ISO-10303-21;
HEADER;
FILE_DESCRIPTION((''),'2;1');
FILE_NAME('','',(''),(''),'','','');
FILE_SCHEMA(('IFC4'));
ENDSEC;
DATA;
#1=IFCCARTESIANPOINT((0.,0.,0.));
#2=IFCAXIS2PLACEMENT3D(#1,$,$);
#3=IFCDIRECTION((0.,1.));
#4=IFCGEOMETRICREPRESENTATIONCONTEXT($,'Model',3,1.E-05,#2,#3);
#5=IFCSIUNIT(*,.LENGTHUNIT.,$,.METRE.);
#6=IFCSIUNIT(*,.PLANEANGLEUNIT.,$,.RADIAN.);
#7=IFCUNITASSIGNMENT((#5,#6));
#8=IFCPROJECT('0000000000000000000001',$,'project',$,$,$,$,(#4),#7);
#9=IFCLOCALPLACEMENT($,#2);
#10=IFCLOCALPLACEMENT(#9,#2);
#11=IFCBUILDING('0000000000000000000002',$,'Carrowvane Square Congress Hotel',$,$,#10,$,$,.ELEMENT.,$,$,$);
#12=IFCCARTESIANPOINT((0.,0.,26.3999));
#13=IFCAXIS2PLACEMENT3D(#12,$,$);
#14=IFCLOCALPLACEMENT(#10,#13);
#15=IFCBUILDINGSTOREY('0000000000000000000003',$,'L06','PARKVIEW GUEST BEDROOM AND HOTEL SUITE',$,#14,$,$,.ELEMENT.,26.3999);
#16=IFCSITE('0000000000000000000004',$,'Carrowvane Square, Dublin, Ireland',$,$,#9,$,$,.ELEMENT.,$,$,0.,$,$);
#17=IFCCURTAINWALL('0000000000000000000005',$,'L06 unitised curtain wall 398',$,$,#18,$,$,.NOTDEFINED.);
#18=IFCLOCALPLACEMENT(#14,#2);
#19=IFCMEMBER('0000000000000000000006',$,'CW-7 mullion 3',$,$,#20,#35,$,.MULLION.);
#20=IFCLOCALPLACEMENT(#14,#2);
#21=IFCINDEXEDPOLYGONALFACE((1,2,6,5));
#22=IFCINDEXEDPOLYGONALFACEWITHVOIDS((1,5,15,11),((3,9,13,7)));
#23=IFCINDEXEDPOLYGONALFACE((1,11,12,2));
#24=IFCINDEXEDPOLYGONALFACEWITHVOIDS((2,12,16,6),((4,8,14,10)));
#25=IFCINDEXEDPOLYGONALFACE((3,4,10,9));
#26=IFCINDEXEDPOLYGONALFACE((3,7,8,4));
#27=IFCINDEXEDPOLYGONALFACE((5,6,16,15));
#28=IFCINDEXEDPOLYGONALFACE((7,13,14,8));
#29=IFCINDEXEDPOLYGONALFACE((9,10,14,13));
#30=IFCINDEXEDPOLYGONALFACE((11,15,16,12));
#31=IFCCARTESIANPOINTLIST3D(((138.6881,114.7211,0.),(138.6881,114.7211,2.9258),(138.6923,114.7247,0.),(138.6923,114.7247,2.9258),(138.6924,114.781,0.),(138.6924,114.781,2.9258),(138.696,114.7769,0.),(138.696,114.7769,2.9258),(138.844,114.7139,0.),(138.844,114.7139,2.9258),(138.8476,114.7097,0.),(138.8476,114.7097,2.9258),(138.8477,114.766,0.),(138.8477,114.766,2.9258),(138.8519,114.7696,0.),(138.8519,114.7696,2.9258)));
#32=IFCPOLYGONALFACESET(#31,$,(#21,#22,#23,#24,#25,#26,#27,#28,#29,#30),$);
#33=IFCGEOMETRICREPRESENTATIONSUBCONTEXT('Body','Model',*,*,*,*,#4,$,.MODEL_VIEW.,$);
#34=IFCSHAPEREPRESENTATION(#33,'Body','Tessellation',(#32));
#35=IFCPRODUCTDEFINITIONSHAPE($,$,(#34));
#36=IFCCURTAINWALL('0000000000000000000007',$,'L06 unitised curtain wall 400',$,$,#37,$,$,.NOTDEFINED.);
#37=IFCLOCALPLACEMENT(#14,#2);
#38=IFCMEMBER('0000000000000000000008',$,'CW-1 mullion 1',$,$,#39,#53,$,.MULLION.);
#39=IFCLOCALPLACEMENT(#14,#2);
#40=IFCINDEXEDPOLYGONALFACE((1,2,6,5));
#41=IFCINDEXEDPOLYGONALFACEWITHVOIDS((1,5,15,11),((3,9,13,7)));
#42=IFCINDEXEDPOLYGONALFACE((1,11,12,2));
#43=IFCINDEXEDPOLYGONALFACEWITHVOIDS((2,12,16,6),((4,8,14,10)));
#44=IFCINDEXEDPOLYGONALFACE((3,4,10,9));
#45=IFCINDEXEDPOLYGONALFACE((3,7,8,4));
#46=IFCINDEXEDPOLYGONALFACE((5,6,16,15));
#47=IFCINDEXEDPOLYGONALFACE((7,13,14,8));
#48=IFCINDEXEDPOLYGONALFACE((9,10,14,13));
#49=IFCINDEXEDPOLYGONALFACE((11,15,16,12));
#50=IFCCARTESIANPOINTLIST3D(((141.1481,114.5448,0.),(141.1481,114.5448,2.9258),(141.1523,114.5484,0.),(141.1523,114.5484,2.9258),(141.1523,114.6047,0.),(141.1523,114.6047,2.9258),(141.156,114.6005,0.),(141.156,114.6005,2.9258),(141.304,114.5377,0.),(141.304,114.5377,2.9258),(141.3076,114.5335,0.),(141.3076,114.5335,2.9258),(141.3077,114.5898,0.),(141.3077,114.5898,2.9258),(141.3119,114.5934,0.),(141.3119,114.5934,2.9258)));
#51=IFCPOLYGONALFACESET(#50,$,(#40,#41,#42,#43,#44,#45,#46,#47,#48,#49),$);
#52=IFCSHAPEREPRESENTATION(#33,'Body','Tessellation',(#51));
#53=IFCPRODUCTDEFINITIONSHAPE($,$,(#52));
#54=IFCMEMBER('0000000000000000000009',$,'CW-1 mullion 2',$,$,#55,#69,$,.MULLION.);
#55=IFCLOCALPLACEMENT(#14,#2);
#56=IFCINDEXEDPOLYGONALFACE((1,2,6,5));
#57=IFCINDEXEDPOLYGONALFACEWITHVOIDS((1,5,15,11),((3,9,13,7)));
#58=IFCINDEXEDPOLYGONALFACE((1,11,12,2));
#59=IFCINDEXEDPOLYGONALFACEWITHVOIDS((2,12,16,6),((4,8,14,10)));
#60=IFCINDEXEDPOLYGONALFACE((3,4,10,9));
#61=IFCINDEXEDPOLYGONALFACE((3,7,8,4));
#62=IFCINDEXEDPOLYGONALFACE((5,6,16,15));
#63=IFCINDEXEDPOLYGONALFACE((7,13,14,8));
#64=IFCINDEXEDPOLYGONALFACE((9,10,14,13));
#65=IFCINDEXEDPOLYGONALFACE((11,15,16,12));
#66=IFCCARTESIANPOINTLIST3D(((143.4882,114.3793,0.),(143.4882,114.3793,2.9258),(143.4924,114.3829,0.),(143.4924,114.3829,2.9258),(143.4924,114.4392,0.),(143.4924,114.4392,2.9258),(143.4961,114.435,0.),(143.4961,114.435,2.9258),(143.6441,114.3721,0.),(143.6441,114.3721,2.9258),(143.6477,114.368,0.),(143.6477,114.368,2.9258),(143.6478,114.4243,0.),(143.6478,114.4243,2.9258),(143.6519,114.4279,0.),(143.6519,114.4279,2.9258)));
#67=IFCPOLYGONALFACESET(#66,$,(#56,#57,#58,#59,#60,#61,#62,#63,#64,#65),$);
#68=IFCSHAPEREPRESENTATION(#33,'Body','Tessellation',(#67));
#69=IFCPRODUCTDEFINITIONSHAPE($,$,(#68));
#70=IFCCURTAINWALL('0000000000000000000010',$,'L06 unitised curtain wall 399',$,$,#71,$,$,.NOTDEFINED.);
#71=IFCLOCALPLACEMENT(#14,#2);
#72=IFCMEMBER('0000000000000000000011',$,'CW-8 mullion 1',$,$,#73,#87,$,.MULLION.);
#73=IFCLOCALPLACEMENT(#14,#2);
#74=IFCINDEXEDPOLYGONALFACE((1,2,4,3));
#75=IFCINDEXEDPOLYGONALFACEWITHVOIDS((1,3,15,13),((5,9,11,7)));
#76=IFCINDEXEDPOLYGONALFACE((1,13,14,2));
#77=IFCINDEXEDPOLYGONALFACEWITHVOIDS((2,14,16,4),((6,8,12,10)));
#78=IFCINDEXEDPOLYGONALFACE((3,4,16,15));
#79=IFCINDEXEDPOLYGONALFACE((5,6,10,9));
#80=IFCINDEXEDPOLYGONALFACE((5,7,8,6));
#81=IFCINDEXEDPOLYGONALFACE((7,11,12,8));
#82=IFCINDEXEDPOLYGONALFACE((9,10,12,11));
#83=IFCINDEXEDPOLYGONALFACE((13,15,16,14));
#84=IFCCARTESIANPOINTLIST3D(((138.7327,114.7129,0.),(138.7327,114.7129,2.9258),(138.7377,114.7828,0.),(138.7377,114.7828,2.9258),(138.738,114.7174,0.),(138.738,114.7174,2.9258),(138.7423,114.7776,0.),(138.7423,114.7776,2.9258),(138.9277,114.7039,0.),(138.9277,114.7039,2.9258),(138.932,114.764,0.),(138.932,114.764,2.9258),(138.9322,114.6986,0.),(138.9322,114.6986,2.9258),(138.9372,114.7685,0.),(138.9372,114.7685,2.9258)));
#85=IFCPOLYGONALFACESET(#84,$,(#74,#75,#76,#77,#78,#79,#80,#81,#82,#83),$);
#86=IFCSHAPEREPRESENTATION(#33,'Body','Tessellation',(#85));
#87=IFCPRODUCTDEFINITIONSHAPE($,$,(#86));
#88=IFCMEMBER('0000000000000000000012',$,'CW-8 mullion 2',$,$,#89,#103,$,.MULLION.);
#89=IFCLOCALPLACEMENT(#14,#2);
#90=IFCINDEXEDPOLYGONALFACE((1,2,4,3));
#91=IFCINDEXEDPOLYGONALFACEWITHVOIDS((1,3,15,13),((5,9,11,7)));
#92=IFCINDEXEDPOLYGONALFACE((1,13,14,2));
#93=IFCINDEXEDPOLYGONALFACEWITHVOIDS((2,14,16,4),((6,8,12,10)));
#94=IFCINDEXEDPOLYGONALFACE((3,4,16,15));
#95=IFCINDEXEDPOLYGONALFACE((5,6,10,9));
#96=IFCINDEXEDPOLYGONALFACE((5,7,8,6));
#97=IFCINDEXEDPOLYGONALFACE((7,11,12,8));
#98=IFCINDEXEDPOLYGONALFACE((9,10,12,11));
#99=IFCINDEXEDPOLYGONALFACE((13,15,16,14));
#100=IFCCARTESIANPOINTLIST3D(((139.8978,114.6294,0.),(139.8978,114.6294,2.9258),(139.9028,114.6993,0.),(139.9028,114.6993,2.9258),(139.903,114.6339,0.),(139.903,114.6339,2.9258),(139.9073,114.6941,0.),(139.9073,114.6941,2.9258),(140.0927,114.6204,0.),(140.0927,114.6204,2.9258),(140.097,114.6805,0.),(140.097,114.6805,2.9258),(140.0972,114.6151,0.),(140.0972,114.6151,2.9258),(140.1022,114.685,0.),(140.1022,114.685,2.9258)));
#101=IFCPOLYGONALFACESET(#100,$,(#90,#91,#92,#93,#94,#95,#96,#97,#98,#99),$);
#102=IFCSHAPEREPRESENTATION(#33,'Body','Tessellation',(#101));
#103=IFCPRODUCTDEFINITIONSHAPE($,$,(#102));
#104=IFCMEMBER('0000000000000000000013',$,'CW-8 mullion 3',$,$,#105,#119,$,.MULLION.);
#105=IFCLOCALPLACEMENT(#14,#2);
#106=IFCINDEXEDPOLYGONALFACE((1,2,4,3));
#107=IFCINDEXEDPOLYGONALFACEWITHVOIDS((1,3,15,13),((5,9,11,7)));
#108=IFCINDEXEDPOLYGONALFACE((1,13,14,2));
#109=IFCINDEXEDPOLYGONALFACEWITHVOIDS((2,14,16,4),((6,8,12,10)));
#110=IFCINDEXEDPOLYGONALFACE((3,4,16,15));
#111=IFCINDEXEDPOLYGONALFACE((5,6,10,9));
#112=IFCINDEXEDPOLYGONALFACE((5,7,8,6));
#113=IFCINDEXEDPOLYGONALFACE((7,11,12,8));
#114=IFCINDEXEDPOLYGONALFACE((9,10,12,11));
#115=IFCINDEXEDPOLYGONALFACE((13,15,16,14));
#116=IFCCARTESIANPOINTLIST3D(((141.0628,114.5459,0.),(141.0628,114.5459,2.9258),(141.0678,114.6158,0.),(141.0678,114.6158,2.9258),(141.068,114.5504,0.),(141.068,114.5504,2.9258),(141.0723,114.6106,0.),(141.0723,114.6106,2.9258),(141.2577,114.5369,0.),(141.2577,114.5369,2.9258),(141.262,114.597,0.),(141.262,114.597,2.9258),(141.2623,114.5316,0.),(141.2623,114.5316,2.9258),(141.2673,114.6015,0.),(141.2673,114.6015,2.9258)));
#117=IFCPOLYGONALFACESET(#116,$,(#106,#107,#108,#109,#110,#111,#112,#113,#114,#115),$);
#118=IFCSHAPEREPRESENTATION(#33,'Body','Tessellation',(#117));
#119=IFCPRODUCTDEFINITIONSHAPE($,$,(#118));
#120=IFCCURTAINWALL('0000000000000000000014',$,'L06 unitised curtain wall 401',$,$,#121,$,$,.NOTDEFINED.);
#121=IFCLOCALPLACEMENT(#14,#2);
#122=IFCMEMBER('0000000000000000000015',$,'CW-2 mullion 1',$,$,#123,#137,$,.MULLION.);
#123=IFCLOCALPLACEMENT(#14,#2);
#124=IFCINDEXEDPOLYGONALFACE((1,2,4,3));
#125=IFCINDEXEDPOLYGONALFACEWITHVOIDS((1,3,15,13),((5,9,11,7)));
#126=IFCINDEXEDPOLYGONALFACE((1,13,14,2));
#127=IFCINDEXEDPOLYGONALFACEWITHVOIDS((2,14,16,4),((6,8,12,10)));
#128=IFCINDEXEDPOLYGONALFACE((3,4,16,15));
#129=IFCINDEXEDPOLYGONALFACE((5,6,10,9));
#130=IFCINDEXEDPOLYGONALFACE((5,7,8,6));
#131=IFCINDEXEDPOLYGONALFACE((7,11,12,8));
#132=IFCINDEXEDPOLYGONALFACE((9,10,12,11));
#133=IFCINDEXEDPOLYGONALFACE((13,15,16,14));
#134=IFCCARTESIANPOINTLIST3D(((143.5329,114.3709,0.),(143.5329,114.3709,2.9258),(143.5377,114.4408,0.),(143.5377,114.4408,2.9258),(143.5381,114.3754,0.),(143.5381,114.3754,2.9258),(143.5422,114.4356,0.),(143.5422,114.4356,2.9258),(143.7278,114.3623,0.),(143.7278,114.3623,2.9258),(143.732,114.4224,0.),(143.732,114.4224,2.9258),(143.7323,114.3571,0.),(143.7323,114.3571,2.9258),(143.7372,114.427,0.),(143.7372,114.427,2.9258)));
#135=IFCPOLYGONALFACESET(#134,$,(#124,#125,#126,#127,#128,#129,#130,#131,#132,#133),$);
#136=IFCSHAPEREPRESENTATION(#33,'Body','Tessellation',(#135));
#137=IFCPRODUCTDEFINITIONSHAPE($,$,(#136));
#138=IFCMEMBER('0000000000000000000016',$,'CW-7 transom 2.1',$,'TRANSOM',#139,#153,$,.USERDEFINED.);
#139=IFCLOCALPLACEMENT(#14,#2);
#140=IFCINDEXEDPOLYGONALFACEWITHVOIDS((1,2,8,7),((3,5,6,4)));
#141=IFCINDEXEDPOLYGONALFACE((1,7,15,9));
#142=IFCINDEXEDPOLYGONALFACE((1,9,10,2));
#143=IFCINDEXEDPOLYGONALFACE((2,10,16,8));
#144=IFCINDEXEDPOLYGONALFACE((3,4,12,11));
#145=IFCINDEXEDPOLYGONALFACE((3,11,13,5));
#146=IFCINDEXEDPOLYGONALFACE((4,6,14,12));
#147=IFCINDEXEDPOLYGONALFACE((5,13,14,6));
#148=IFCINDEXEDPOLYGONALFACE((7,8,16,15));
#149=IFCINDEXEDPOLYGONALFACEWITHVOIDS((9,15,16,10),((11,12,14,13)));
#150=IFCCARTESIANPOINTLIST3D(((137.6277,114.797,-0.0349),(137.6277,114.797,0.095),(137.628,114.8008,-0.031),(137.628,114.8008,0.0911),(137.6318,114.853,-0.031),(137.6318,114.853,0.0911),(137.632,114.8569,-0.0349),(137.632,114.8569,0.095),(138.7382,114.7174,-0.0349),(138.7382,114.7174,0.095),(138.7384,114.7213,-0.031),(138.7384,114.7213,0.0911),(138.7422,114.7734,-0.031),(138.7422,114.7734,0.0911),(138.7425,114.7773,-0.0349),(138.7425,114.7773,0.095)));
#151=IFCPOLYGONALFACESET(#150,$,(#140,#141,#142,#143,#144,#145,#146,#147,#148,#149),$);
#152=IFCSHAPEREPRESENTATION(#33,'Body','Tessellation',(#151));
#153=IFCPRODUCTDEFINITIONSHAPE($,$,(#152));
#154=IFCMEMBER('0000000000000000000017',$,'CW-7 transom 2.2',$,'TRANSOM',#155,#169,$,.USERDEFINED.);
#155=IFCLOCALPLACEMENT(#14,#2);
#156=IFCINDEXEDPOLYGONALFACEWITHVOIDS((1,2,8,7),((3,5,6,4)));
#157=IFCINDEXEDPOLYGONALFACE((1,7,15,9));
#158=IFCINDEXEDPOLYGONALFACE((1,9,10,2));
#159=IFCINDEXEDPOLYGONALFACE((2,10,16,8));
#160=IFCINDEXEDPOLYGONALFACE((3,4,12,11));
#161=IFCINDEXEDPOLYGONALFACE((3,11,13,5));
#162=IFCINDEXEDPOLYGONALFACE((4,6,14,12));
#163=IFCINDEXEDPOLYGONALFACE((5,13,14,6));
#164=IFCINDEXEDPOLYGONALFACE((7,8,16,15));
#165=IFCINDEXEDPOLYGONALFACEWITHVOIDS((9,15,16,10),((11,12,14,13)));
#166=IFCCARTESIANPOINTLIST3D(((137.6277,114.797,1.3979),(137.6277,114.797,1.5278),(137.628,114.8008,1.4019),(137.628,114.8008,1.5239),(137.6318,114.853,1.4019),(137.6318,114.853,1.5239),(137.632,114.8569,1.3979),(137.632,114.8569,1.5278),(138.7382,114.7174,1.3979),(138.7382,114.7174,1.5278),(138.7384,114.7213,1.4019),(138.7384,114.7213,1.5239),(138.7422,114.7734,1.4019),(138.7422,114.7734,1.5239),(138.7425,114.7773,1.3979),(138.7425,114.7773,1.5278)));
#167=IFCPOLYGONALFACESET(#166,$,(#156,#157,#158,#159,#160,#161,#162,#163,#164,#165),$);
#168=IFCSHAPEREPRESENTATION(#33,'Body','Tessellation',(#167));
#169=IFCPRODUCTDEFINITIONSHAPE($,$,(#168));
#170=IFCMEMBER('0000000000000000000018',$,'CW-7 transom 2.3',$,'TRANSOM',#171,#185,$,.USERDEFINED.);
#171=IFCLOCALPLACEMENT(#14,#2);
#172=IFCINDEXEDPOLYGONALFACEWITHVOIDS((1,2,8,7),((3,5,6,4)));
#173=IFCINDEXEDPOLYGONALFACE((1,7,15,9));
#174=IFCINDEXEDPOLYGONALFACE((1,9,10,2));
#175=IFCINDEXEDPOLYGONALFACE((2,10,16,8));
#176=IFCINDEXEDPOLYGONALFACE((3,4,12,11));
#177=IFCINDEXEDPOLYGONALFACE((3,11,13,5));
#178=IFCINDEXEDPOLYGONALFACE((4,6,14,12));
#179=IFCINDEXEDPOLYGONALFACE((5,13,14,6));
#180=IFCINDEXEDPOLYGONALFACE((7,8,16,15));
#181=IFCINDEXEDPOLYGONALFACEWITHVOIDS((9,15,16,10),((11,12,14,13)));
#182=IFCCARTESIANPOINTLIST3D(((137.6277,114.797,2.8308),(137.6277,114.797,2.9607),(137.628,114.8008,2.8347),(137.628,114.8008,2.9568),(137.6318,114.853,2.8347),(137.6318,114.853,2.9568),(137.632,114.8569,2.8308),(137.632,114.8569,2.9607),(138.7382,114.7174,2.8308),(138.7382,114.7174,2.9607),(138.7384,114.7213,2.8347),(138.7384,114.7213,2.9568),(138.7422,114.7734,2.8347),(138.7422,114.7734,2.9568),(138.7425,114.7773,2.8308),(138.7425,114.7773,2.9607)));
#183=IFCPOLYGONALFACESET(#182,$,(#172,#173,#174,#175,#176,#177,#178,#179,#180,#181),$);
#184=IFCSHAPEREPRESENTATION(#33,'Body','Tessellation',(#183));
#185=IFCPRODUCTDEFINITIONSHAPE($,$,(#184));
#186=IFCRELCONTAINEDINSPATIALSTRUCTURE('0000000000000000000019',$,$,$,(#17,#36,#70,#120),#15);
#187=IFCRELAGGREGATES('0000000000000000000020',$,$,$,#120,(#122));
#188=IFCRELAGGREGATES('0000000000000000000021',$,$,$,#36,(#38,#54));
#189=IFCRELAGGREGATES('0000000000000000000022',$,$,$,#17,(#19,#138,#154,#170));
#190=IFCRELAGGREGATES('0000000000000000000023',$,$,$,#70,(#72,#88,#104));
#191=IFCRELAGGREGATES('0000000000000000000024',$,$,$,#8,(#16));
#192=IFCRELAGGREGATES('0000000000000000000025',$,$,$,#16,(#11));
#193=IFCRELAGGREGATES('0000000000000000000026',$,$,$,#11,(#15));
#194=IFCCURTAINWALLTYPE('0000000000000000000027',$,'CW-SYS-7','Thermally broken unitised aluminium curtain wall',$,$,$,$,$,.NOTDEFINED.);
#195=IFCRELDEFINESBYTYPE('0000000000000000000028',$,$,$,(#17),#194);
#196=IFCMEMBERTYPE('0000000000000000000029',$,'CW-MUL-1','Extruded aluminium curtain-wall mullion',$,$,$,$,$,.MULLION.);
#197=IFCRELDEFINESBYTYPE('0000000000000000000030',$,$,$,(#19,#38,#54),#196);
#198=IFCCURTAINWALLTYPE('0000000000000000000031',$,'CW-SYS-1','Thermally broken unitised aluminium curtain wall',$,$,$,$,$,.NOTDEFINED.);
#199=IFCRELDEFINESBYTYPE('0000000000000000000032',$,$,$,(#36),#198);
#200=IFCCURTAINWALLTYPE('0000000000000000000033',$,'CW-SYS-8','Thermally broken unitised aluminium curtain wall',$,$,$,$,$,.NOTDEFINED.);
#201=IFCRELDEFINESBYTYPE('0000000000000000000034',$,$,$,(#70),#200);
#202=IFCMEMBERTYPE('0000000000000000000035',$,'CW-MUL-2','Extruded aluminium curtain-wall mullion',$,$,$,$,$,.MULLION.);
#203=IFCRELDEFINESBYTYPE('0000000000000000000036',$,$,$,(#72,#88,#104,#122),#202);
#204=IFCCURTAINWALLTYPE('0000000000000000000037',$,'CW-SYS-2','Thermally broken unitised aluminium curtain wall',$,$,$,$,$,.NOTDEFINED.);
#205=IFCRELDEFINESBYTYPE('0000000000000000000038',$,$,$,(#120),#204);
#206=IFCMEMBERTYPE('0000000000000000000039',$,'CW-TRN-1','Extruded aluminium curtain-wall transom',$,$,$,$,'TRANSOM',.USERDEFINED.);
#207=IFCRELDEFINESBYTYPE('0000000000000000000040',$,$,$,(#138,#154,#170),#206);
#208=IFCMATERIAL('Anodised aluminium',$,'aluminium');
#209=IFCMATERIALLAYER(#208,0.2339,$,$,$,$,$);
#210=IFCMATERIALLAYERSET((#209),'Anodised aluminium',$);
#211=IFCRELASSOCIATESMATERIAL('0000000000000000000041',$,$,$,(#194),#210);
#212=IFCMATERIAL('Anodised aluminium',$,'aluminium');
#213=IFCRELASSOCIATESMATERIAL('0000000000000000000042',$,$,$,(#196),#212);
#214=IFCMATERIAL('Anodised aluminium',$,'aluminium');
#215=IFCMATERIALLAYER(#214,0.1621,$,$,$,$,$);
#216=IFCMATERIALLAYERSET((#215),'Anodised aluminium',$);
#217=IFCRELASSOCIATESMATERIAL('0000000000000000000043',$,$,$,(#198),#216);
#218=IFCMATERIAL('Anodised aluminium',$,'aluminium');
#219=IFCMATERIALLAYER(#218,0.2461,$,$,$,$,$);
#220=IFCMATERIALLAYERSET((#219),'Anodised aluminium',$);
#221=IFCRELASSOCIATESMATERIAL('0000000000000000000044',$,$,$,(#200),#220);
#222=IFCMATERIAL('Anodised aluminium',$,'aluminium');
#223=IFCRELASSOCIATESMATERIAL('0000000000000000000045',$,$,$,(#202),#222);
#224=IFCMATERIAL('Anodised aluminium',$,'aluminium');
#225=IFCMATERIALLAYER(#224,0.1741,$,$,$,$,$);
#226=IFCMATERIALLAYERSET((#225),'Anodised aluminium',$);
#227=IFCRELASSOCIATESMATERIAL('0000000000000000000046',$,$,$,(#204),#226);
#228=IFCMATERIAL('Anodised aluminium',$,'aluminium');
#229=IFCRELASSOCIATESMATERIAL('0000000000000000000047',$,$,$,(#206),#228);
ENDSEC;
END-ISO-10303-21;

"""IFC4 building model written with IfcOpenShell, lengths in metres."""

from ifc_helpers import new_model, si_unit, direction, frame, origin, origin_2d, place, context, subcontext, project, spatial, hollow_rectangle, extrude, material, layer, layer_set, material_profile, profile_set, type_object, element, aggregate, save


model = new_model("IFC4")

# Units and contexts
model_context = context("Model", 3, precision=1e-05, world=origin(), true_north=direction((0.0, 1.0)))
body_context = subcontext(model_context, "Body", "Model", "MODEL_VIEW")
ifc_project = project(units=[si_unit("LENGTHUNIT", "METRE"), si_unit("PLANEANGLEUNIT", "RADIAN")], contexts=[model_context])

# Site, building, storey
site_placement = place(None, origin())
site = spatial("IfcSite", under=ifc_project, at=site_placement, Name="Carrowvane Square, Dublin, Ireland", CompositionType="ELEMENT", RefElevation=0.0)
building_placement = place(site_placement, origin())
building = spatial("IfcBuilding", under=site, at=building_placement, Name="Carrowvane Square Congress Hotel", CompositionType="ELEMENT")
storey_placement = place(building_placement, frame((0.0, 0.0, 26.3999)))
storey = spatial("IfcBuildingStorey", under=building, at=storey_placement, Name="L06", Description="PARKVIEW GUEST BEDROOM AND HOTEL SUITE", CompositionType="ELEMENT", Elevation=26.3999)

# Curtain wall, member
ifc_material_1 = material(Name="Anodised aluminium", Category="aluminium")
ifc_layer_1 = layer(ifc_material_1, 0.2339)
ifc_layer_set_1 = layer_set([ifc_layer_1], Name="Anodised aluminium")
curtain_wall_type_1 = type_object("IfcCurtainWallType", Name="CW-SYS-7", Description="Thermally broken unitised aluminium curtain wall", PredefinedType="NOTDEFINED", material=ifc_layer_set_1)
curtain_wall_1_placement = place(storey_placement, origin())
curtain_wall_1 = element("IfcCurtainWall", 1, at=curtain_wall_1_placement, inside=storey, type_object=curtain_wall_type_1, Name="L06 unitised curtain wall 398", PredefinedType="NOTDEFINED")
ifc_material_2 = material(Name="Anodised aluminium", Category="aluminium")
ifc_material_profile_1 = material_profile(ifc_material_2, hollow_rectangle(XDim=0.0601, YDim=0.1599, WallThickness=0.0039, at=origin_2d()), Name="CW-ML 60x160x4")
ifc_profile_set_1 = profile_set([ifc_material_profile_1], Name="Anodised aluminium")
member_type_1 = type_object("IfcMemberType", Name="CW-MUL-1", Description="Extruded aluminium curtain-wall mullion", PredefinedType="MULLION", material=ifc_profile_set_1)
member_1_placement = place(storey_placement, frame((138.77, 114.7454, 0.0), z_axis=(0.0, 0.0, 1.0), x_axis=(0.071532, 0.997438, 0.0)))
member_1 = element("IfcMember", 2, at=member_1_placement, type_object=member_type_1, Name="CW-7 mullion 3", PredefinedType="MULLION", context=body_context, shape_type="SweptSolid", body=[
    extrude(hollow_rectangle(XDim=0.0601, YDim=0.1599, WallThickness=0.0039, at=origin_2d()), origin(), (0.0, 0.0, 1.0), 2.9258),
])

# Curtain walls, members
ifc_material_3 = material(Name="Anodised aluminium", Category="aluminium")
ifc_layer_2 = layer(ifc_material_3, 0.1621)
ifc_layer_set_2 = layer_set([ifc_layer_2], Name="Anodised aluminium")
curtain_wall_type_2 = type_object("IfcCurtainWallType", Name="CW-SYS-1", Description="Thermally broken unitised aluminium curtain wall", PredefinedType="NOTDEFINED", material=ifc_layer_set_2)
curtain_wall_2_placement = place(storey_placement, origin())
curtain_wall_2 = element("IfcCurtainWall", 3, at=curtain_wall_2_placement, inside=storey, type_object=curtain_wall_type_2, Name="L06 unitised curtain wall 400", PredefinedType="NOTDEFINED")
member_2_placement = place(storey_placement, frame((141.23, 114.5691, 0.0), z_axis=(0.0, 0.0, 1.0), x_axis=(0.070586, 0.997506, 0.0)))
member_2 = element("IfcMember", 4, at=member_2_placement, type_object=member_type_1, Name="CW-1 mullion 1", PredefinedType="MULLION", context=body_context, shape_type="SweptSolid", body=[
    extrude(hollow_rectangle(XDim=0.0601, YDim=0.1599, WallThickness=0.0039, at=origin_2d()), origin(), (0.0, 0.0, 1.0), 2.9258),
])
member_3_placement = place(storey_placement, frame((143.5701, 114.4036, 0.0), z_axis=(0.0, 0.0, 1.0), x_axis=(0.070586, 0.997506, 0.0)))
member_3 = element("IfcMember", 5, at=member_3_placement, type_object=member_type_1, Name="CW-1 mullion 2", PredefinedType="MULLION", context=body_context, shape_type="SweptSolid", body=[
    extrude(hollow_rectangle(XDim=0.0601, YDim=0.1599, WallThickness=0.0039, at=origin_2d()), origin(), (0.0, 0.0, 1.0), 2.9258),
])
ifc_material_4 = material(Name="Anodised aluminium", Category="aluminium")
ifc_layer_3 = layer(ifc_material_4, 0.2461)
ifc_layer_set_3 = layer_set([ifc_layer_3], Name="Anodised aluminium")
curtain_wall_type_3 = type_object("IfcCurtainWallType", Name="CW-SYS-8", Description="Thermally broken unitised aluminium curtain wall", PredefinedType="NOTDEFINED", material=ifc_layer_set_3)
curtain_wall_3_placement = place(storey_placement, origin())
curtain_wall_3 = element("IfcCurtainWall", 6, at=curtain_wall_3_placement, inside=storey, type_object=curtain_wall_type_3, Name="L06 unitised curtain wall 399", PredefinedType="NOTDEFINED")
ifc_material_5 = material(Name="Anodised aluminium", Category="aluminium")
ifc_material_profile_2 = material_profile(ifc_material_5, hollow_rectangle(XDim=0.0701, YDim=0.2, WallThickness=0.0049, at=origin_2d()), Name="CW-ML 70x200x5")
ifc_profile_set_2 = profile_set([ifc_material_profile_2], Name="Anodised aluminium")
member_type_2 = type_object("IfcMemberType", Name="CW-MUL-2", Description="Extruded aluminium curtain-wall mullion", PredefinedType="MULLION", material=ifc_profile_set_2)
member_4_placement = place(storey_placement, frame((138.835, 114.7407, 0.0), z_axis=(0.0, 0.0, 1.0), x_axis=(0.071422, 0.997446, 0.0)))
member_4 = element("IfcMember", 7, at=member_4_placement, type_object=member_type_2, Name="CW-8 mullion 1", PredefinedType="MULLION", context=body_context, shape_type="SweptSolid", body=[
    extrude(hollow_rectangle(XDim=0.0701, YDim=0.2, WallThickness=0.0049, at=origin_2d()), origin(), (0.0, 0.0, 1.0), 2.9258),
])
member_5_placement = place(storey_placement, frame((140.0, 114.6572, 0.0), z_axis=(0.0, 0.0, 1.0), x_axis=(0.071422, 0.997446, 0.0)))
member_5 = element("IfcMember", 8, at=member_5_placement, type_object=member_type_2, Name="CW-8 mullion 2", PredefinedType="MULLION", context=body_context, shape_type="SweptSolid", body=[
    extrude(hollow_rectangle(XDim=0.0701, YDim=0.2, WallThickness=0.0049, at=origin_2d()), origin(), (0.0, 0.0, 1.0), 2.9258),
])
member_6_placement = place(storey_placement, frame((141.165, 114.5737, 0.0), z_axis=(0.0, 0.0, 1.0), x_axis=(0.071422, 0.997446, 0.0)))
member_6 = element("IfcMember", 9, at=member_6_placement, type_object=member_type_2, Name="CW-8 mullion 3", PredefinedType="MULLION", context=body_context, shape_type="SweptSolid", body=[
    extrude(hollow_rectangle(XDim=0.0701, YDim=0.2, WallThickness=0.0049, at=origin_2d()), origin(), (0.0, 0.0, 1.0), 2.9258),
])

# Curtain wall, member
ifc_material_6 = material(Name="Anodised aluminium", Category="aluminium")
ifc_layer_4 = layer(ifc_material_6, 0.1741)
ifc_layer_set_4 = layer_set([ifc_layer_4], Name="Anodised aluminium")
curtain_wall_type_4 = type_object("IfcCurtainWallType", Name="CW-SYS-2", Description="Thermally broken unitised aluminium curtain wall", PredefinedType="NOTDEFINED", material=ifc_layer_set_4)
curtain_wall_4_placement = place(storey_placement, origin())
curtain_wall_4 = element("IfcCurtainWall", 10, at=curtain_wall_4_placement, inside=storey, type_object=curtain_wall_type_4, Name="L06 unitised curtain wall 401", PredefinedType="NOTDEFINED")
member_7_placement = place(storey_placement, frame((143.635, 114.3989, 0.0), z_axis=(0.0, 0.0, 1.0), x_axis=(0.068986, 0.997618, 0.0)))
member_7 = element("IfcMember", 11, at=member_7_placement, type_object=member_type_2, Name="CW-2 mullion 1", PredefinedType="MULLION", context=body_context, shape_type="SweptSolid", body=[
    extrude(hollow_rectangle(XDim=0.0701, YDim=0.2, WallThickness=0.0049, at=origin_2d()), origin(), (0.0, 0.0, 1.0), 2.9258),
])

# Members
ifc_material_7 = material(Name="Anodised aluminium", Category="aluminium")
ifc_material_profile_3 = material_profile(ifc_material_7, hollow_rectangle(XDim=0.0601, YDim=0.1299, WallThickness=0.0039, at=origin_2d()), Name="CW-TR 60x130x4")
ifc_profile_set_3 = profile_set([ifc_material_profile_3], Name="Anodised aluminium")
member_type_3 = type_object("IfcMemberType", Name="CW-TRN-1", Description="Extruded aluminium curtain-wall transom", ElementType="TRANSOM", PredefinedType="USERDEFINED", material=ifc_profile_set_3)
member_8_placement = place(storey_placement, frame((137.6299, 114.8269, 0.03), z_axis=(0.997441, -0.071496, 0.0), x_axis=(0.071496, 0.997441, 0.0)))
member_8 = element("IfcMember", 12, at=member_8_placement, type_object=member_type_3, Name="CW-7 transom 2.1", ObjectType="TRANSOM", PredefinedType="USERDEFINED", context=body_context, shape_type="SweptSolid", body=[
    extrude(hollow_rectangle(XDim=0.0601, YDim=0.1299, WallThickness=0.0039, at=origin_2d()), origin(), (0.0, 0.0, 1.0), 1.1133),
])
member_9_placement = place(storey_placement, frame((137.6299, 114.8269, 1.4629), z_axis=(0.997441, -0.071496, 0.0), x_axis=(0.071496, 0.997441, 0.0)))
member_9 = element("IfcMember", 13, at=member_9_placement, type_object=member_type_3, Name="CW-7 transom 2.2", ObjectType="TRANSOM", PredefinedType="USERDEFINED", context=body_context, shape_type="SweptSolid", body=[
    extrude(hollow_rectangle(XDim=0.0601, YDim=0.1299, WallThickness=0.0039, at=origin_2d()), origin(), (0.0, 0.0, 1.0), 1.1133),
])
member_10_placement = place(storey_placement, frame((137.6299, 114.8269, 2.8958), z_axis=(0.997441, -0.071496, 0.0), x_axis=(0.071496, 0.997441, 0.0)))
member_10 = element("IfcMember", 14, at=member_10_placement, type_object=member_type_3, Name="CW-7 transom 2.3", ObjectType="TRANSOM", PredefinedType="USERDEFINED", context=body_context, shape_type="SweptSolid", body=[
    extrude(hollow_rectangle(XDim=0.0601, YDim=0.1299, WallThickness=0.0039, at=origin_2d()), origin(), (0.0, 0.0, 1.0), 1.1133),
])
aggregate(curtain_wall_4, [member_7])

aggregate(curtain_wall_2, [member_2, member_3])
aggregate(curtain_wall_1, [member_1, member_8, member_9, member_10])
aggregate(curtain_wall_3, [member_4, member_5, member_6])

save(model, "model.ifc")
